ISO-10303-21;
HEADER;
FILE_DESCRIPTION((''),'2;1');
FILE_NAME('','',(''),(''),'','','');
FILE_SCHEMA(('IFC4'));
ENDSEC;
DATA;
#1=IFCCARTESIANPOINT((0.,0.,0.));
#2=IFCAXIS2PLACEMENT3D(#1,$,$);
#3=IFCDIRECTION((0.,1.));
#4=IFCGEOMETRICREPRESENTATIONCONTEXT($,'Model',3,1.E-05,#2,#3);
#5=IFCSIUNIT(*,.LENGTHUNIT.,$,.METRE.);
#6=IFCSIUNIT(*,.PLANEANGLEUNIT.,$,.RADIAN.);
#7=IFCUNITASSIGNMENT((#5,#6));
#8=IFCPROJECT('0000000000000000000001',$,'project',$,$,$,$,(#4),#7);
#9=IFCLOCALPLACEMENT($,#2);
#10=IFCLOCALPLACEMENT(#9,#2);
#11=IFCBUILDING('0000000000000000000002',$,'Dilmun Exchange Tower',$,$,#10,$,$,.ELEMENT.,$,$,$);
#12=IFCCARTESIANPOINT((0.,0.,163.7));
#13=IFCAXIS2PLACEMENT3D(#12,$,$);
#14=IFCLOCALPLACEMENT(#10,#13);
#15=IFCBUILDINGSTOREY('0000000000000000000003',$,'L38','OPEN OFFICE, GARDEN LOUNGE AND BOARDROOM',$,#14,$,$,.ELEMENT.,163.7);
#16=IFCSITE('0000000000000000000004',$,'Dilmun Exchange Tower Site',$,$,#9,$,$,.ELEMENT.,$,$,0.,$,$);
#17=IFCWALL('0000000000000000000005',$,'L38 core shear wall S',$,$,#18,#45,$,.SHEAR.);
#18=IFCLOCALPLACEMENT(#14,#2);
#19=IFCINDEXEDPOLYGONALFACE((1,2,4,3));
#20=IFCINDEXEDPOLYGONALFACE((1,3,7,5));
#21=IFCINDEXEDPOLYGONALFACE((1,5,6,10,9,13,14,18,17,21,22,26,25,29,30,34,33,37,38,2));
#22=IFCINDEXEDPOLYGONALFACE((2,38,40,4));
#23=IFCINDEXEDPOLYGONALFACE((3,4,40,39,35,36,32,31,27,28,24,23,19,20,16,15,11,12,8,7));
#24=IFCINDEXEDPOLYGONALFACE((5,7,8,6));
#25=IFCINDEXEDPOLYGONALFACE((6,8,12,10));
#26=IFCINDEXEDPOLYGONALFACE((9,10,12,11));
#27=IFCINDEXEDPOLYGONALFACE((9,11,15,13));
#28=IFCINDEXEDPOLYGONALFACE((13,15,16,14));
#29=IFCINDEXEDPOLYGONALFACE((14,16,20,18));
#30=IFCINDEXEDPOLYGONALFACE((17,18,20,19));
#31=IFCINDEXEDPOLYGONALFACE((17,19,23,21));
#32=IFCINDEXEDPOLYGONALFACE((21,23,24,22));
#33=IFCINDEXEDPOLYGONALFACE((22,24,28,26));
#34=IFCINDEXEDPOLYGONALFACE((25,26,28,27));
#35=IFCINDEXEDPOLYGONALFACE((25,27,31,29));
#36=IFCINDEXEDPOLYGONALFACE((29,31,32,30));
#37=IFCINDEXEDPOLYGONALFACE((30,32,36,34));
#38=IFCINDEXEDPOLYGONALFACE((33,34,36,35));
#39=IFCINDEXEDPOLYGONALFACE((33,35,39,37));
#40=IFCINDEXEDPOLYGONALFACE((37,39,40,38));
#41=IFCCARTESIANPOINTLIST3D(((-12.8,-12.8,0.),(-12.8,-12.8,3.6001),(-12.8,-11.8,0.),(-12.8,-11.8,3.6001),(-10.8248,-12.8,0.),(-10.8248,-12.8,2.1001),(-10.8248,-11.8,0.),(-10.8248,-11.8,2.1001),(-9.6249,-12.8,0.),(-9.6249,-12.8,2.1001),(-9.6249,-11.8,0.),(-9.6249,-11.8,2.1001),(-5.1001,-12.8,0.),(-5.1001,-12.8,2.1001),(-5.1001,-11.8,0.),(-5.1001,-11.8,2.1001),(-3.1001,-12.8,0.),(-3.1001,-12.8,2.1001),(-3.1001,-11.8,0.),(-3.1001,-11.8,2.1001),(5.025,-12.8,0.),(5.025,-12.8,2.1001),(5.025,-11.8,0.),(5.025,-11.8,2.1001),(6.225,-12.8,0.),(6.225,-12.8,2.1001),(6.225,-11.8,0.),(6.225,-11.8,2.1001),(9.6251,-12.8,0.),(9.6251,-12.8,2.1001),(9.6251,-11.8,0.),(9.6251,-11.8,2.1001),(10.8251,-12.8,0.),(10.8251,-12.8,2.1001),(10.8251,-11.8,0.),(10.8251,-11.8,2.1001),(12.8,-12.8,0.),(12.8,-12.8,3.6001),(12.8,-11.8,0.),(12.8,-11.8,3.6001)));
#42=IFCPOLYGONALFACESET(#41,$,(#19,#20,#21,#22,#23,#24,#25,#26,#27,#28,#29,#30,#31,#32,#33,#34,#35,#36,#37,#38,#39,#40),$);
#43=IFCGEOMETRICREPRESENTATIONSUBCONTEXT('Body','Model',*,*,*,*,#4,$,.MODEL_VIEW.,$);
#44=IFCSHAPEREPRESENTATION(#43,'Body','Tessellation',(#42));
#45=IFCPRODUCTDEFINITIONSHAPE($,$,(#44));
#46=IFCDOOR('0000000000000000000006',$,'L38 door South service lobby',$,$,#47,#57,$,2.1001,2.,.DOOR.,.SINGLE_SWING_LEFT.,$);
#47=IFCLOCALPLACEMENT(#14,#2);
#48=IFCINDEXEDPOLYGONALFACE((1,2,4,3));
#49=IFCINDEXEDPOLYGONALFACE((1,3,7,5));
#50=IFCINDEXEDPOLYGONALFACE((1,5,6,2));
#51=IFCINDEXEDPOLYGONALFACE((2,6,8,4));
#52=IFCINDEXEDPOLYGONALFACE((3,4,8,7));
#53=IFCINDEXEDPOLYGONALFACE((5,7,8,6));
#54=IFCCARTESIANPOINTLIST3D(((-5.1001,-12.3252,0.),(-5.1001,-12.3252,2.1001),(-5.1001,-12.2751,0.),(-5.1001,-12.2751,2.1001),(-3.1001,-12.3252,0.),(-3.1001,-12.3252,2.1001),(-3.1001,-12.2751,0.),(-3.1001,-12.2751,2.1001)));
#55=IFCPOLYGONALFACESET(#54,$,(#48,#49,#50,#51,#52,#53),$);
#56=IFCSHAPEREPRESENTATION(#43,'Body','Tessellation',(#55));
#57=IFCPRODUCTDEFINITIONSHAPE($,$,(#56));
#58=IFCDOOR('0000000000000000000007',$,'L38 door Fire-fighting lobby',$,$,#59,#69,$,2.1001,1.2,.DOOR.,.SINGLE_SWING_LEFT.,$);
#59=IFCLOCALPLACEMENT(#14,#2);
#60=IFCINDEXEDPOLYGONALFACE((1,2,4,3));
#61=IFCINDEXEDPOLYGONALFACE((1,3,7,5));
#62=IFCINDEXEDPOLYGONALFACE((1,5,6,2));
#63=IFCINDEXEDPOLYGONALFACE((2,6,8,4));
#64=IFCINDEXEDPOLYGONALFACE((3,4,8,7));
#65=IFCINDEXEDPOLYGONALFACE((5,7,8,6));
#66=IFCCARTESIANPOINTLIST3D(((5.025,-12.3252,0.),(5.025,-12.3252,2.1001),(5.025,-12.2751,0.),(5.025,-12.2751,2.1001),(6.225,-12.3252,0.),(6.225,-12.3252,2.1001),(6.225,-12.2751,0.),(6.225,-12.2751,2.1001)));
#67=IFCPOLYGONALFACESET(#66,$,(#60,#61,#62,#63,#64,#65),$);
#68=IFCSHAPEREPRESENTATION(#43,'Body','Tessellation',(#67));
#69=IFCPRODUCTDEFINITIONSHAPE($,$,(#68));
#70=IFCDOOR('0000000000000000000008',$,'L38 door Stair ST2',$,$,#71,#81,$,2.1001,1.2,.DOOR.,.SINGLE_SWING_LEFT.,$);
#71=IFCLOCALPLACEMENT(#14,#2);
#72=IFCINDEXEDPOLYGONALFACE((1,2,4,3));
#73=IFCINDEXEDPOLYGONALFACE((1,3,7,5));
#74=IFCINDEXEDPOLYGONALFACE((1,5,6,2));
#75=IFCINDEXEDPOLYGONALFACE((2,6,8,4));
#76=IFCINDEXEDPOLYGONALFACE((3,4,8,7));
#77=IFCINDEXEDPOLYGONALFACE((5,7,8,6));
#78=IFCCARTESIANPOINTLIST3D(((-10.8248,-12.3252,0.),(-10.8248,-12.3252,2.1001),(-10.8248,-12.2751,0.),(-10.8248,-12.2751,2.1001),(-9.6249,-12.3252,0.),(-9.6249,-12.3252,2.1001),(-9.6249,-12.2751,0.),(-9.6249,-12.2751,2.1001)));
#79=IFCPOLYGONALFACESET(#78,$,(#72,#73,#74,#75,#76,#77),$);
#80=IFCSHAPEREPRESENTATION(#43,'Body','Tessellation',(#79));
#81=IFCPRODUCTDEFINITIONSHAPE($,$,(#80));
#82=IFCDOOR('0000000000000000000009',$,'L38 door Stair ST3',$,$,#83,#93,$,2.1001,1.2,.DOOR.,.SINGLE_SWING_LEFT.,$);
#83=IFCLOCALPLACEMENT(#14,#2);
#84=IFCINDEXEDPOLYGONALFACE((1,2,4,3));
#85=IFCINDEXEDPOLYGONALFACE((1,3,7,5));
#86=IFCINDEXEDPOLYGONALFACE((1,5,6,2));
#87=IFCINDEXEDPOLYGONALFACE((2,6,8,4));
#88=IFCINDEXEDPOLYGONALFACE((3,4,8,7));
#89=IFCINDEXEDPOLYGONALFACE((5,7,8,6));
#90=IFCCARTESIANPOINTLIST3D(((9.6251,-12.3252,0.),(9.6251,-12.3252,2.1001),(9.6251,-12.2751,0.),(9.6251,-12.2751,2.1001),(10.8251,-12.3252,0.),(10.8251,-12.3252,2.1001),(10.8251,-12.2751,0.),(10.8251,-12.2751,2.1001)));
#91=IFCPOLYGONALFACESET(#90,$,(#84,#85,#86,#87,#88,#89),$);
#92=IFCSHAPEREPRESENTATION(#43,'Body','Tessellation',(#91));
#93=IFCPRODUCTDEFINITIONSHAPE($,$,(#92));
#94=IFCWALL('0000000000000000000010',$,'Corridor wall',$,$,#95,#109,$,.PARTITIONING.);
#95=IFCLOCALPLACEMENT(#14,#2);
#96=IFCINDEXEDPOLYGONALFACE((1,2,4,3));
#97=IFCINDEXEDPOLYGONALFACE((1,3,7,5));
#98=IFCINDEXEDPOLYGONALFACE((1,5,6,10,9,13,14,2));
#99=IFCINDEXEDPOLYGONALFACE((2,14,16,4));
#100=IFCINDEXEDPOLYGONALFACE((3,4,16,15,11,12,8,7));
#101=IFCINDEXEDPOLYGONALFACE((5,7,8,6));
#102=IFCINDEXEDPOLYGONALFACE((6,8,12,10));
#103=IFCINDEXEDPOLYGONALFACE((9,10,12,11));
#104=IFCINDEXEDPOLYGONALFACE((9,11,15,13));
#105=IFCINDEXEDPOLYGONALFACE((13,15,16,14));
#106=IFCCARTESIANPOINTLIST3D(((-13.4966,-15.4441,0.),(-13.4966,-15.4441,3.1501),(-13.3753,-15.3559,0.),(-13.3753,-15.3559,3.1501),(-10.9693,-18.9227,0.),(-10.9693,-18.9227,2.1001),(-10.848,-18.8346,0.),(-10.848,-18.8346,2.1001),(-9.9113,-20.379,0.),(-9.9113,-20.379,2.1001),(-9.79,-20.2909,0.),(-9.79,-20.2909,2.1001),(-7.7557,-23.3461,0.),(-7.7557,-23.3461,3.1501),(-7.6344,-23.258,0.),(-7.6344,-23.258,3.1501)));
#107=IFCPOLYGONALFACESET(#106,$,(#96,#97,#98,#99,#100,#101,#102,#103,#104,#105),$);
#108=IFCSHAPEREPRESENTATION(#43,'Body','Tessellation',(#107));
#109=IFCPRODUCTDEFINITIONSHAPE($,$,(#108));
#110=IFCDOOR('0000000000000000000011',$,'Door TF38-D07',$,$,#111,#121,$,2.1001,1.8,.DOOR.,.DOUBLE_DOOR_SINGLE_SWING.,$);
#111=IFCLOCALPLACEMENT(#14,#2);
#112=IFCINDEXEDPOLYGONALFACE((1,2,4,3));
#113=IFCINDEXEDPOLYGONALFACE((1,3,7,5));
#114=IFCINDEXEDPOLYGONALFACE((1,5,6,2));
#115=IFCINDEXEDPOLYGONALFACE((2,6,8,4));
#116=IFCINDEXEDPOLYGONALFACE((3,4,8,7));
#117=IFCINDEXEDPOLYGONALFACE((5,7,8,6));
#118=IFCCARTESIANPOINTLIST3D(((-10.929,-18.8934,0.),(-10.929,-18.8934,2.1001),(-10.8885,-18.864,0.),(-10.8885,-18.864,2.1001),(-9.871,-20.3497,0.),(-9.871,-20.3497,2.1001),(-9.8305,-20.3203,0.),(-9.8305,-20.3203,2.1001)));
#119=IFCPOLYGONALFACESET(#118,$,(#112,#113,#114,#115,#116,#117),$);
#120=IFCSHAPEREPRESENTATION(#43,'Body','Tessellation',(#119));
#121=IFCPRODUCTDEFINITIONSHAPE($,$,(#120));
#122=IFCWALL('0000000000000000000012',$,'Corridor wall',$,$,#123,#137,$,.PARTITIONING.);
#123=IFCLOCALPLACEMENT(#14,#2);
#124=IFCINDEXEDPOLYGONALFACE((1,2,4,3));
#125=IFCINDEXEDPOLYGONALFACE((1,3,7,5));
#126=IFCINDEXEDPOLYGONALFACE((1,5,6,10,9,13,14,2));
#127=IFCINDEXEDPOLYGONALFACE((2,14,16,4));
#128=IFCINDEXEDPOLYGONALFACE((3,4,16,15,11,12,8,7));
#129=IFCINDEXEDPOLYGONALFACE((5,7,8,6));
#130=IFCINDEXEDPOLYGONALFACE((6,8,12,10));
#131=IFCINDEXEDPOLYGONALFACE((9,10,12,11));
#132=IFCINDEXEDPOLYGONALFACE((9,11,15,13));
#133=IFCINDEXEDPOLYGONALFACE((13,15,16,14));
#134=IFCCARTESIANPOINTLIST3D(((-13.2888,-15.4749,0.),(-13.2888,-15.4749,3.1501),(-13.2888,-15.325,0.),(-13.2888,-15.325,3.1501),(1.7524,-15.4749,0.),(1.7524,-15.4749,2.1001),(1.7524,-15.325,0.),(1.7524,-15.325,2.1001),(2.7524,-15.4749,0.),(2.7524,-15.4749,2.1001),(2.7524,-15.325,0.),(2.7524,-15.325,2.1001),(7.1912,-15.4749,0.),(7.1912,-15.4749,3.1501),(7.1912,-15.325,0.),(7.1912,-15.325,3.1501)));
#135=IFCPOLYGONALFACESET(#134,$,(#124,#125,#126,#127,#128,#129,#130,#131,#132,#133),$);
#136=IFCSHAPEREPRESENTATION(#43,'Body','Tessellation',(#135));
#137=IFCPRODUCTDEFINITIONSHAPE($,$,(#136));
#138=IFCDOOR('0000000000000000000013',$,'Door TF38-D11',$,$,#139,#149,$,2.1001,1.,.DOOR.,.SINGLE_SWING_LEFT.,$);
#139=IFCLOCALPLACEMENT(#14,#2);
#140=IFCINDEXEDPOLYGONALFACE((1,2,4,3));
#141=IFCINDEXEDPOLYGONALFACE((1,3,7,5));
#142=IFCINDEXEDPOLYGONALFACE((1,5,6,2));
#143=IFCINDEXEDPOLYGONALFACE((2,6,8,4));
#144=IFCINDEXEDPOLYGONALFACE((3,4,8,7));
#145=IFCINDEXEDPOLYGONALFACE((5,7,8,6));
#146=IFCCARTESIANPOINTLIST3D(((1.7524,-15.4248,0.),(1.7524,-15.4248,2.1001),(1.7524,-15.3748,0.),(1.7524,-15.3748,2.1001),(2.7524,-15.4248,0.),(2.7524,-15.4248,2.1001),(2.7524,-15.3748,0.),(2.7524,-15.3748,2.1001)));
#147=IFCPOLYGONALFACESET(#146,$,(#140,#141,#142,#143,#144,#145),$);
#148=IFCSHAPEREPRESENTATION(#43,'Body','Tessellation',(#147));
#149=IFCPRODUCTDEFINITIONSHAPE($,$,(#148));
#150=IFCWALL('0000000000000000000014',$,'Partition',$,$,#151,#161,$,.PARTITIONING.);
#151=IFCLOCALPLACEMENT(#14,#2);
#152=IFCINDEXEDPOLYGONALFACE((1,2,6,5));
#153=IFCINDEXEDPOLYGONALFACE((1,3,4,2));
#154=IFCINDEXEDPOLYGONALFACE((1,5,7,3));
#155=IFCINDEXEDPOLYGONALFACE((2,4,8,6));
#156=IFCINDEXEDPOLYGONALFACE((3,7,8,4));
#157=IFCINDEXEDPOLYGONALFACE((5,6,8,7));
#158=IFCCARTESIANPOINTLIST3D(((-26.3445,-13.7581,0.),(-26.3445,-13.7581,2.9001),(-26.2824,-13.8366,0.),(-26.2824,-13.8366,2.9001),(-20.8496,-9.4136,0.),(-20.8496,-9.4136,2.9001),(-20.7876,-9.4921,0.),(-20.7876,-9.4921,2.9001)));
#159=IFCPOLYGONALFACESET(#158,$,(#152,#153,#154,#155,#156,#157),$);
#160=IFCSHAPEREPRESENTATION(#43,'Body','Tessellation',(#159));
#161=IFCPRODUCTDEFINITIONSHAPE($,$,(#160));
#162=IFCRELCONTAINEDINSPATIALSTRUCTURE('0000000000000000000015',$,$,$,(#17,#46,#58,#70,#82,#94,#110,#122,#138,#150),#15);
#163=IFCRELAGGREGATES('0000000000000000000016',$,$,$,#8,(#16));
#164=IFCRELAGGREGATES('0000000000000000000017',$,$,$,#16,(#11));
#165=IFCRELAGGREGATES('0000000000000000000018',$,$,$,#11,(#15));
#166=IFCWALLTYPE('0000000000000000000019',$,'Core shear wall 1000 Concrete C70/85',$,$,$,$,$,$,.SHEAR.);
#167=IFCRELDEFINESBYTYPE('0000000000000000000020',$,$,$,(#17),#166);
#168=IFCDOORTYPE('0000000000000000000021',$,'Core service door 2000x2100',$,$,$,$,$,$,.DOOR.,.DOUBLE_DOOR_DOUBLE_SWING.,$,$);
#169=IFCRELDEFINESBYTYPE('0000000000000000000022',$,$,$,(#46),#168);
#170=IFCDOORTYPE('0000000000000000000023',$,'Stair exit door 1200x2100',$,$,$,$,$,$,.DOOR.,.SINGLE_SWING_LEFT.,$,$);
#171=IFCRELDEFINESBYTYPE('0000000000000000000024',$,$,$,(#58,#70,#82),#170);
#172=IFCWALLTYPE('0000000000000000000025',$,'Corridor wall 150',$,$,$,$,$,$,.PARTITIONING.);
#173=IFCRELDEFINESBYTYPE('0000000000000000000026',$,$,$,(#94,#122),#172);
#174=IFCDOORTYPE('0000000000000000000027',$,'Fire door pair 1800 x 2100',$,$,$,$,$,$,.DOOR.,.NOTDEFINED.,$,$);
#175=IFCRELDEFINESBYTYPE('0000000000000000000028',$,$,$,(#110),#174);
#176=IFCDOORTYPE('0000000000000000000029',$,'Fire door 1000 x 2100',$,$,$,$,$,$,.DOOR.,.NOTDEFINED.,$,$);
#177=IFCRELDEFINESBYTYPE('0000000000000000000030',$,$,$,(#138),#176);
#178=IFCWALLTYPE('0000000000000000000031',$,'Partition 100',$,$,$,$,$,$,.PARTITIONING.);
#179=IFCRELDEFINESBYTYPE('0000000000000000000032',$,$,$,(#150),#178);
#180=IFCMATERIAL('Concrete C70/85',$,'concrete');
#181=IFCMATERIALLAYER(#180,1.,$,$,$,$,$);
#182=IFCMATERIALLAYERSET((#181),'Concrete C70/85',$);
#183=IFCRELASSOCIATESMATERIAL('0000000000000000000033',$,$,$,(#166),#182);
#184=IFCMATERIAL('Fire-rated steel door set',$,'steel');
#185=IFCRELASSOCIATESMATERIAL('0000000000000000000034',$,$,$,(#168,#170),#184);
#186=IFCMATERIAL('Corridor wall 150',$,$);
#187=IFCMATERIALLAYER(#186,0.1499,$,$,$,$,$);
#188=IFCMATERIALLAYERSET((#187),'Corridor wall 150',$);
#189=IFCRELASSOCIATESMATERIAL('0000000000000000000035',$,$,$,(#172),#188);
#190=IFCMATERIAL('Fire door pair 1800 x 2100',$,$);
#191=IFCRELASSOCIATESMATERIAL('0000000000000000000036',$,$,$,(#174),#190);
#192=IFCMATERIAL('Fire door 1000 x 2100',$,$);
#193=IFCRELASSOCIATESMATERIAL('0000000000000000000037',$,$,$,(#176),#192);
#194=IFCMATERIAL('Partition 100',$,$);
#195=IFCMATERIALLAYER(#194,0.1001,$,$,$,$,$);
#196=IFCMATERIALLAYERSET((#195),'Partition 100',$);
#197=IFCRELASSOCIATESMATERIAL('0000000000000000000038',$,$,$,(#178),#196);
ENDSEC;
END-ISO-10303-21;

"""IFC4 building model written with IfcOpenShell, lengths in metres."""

from ifc_helpers import new_model, si_unit, direction, frame, frame_2d, origin, place, context, subcontext, project, spatial, rectangle, extrude, material, layer, layer_set, type_object, element, fill, save


model = new_model("IFC4")

# Units and contexts
model_context = context("Model", 3, precision=1e-05, world=origin(), true_north=direction((0.0, 1.0)))
body_context = subcontext(model_context, "Body", "Model", "MODEL_VIEW")
ifc_project = project(units=[si_unit("LENGTHUNIT", "METRE"), si_unit("PLANEANGLEUNIT", "RADIAN")], contexts=[model_context])

# Site, building, storey
site_placement = place(None, origin())
site = spatial("IfcSite", under=ifc_project, at=site_placement, Name="Dilmun Exchange Tower Site", CompositionType="ELEMENT", RefElevation=0.0)
building_placement = place(site_placement, origin())
building = spatial("IfcBuilding", under=site, at=building_placement, Name="Dilmun Exchange Tower", CompositionType="ELEMENT")
storey_placement = place(building_placement, frame((0.0, 0.0, 163.7)))
storey = spatial("IfcBuildingStorey", under=building, at=storey_placement, Name="L38", Description="OPEN OFFICE, GARDEN LOUNGE AND BOARDROOM", CompositionType="ELEMENT", Elevation=163.7)

# Wall, openings, doors
ifc_material_1 = material(Name="Concrete C70/85", Category="concrete")
ifc_layer_1 = layer(ifc_material_1, 1.0)
ifc_layer_set_1 = layer_set([ifc_layer_1], Name="Concrete C70/85")
wall_type_1 = type_object("IfcWallType", Name="Core shear wall 1000 Concrete C70/85", PredefinedType="SHEAR", material=ifc_layer_set_1)
wall_1_placement = place(storey_placement, frame((-12.8, -12.3, 0.0), z_axis=(0.0, 0.0, 1.0), x_axis=(1.0, 0.0, 0.0)))
wall_1 = element("IfcWall", 1, at=wall_1_placement, inside=storey, type_object=wall_type_1, Name="L38 core shear wall S", PredefinedType="SHEAR", context=body_context, shape_type="SweptSolid", body=[
    extrude(rectangle(XDim=25.6001, YDim=1.0, at=frame_2d((12.8, 0.0))), origin(), (0.0, 0.0, 1.0), 3.6001),
])
opening_1_placement = place(wall_1_placement, frame((7.7, 0.0, 0.0)))
opening_1 = element("IfcOpeningElement", 2, at=opening_1_placement, cuts=wall_1, PredefinedType="OPENING", context=body_context, shape_type="SweptSolid", body=[
    extrude(rectangle(XDim=2.0, YDim=2.1001, at=frame_2d((1.0, 1.05))), frame((0.0, 0.51, 0.0), z_axis=(0.0, -1.0, 0.0), x_axis=(1.0, 0.0, 0.0)), (0.0, 0.0, 1.0), 1.02),
])
opening_2_placement = place(wall_1_placement, frame((17.825, 0.0, 0.0)))
opening_2 = element("IfcOpeningElement", 3, at=opening_2_placement, cuts=wall_1, PredefinedType="OPENING", context=body_context, shape_type="SweptSolid", body=[
    extrude(rectangle(XDim=1.2, YDim=2.1001, at=frame_2d((0.6001, 1.05))), frame((0.0, 0.51, 0.0), z_axis=(0.0, -1.0, 0.0), x_axis=(1.0, 0.0, 0.0)), (0.0, 0.0, 1.0), 1.02),
])
opening_3_placement = place(wall_1_placement, frame((1.9751, 0.0, 0.0)))
opening_3 = element("IfcOpeningElement", 4, at=opening_3_placement, cuts=wall_1, PredefinedType="OPENING", context=body_context, shape_type="SweptSolid", body=[
    extrude(rectangle(XDim=1.2, YDim=2.1001, at=frame_2d((0.6001, 1.05))), frame((0.0, 0.51, 0.0), z_axis=(0.0, -1.0, 0.0), x_axis=(1.0, 0.0, 0.0)), (0.0, 0.0, 1.0), 1.02),
])
opening_4_placement = place(wall_1_placement, frame((22.425, 0.0, 0.0)))
opening_4 = element("IfcOpeningElement", 5, at=opening_4_placement, cuts=wall_1, PredefinedType="OPENING", context=body_context, shape_type="SweptSolid", body=[
    extrude(rectangle(XDim=1.2, YDim=2.1001, at=frame_2d((0.6001, 1.05))), frame((0.0, 0.51, 0.0), z_axis=(0.0, -1.0, 0.0), x_axis=(1.0, 0.0, 0.0)), (0.0, 0.0, 1.0), 1.02),
])
ifc_material_2 = material(Name="Fire-rated steel door set", Category="steel")
door_type_1 = type_object("IfcDoorType", Name="Core service door 2000x2100", OperationType="DOUBLE_DOOR_DOUBLE_SWING", PredefinedType="DOOR", material=ifc_material_2)
door_1_placement = place(opening_1_placement, origin())
door_1 = element("IfcDoor", 6, at=door_1_placement, inside=storey, type_object=door_type_1, Name="L38 door South service lobby", OperationType="SINGLE_SWING_LEFT", OverallHeight=2.1001, OverallWidth=2.0, PredefinedType="DOOR", context=body_context, shape_type="SweptSolid", body=[
    extrude(rectangle(XDim=2.0, YDim=2.1001, at=frame_2d((1.0, 1.05))), frame((0.0, 0.0249, 0.0), z_axis=(0.0, -1.0, 0.0), x_axis=(1.0, 0.0, 0.0)), (0.0, 0.0, 1.0), 0.05),
])
fill(opening_1, door_1)
door_type_2 = type_object("IfcDoorType", Name="Stair exit door 1200x2100", OperationType="SINGLE_SWING_LEFT", PredefinedType="DOOR", material=ifc_material_2)
door_2_placement = place(opening_2_placement, origin())
door_2 = element("IfcDoor", 7, at=door_2_placement, inside=storey, type_object=door_type_2, Name="L38 door Fire-fighting lobby", OperationType="SINGLE_SWING_LEFT", OverallHeight=2.1001, OverallWidth=1.2, PredefinedType="DOOR", context=body_context, shape_type="SweptSolid", body=[
    extrude(rectangle(XDim=1.2, YDim=2.1001, at=frame_2d((0.6001, 1.05))), frame((0.0, 0.0249, 0.0), z_axis=(0.0, -1.0, 0.0), x_axis=(1.0, 0.0, 0.0)), (0.0, 0.0, 1.0), 0.05),
])
fill(opening_2, door_2)
door_3_placement = place(opening_3_placement, origin())
door_3 = element("IfcDoor", 8, at=door_3_placement, inside=storey, type_object=door_type_2, Name="L38 door Stair ST2", OperationType="SINGLE_SWING_LEFT", OverallHeight=2.1001, OverallWidth=1.2, PredefinedType="DOOR", context=body_context, shape_type="SweptSolid", body=[
    extrude(rectangle(XDim=1.2, YDim=2.1001, at=frame_2d((0.6001, 1.05))), frame((0.0, 0.0249, 0.0), z_axis=(0.0, -1.0, 0.0), x_axis=(1.0, 0.0, 0.0)), (0.0, 0.0, 1.0), 0.05),
])
fill(opening_3, door_3)
door_4_placement = place(opening_4_placement, origin())
door_4 = element("IfcDoor", 9, at=door_4_placement, inside=storey, type_object=door_type_2, Name="L38 door Stair ST3", OperationType="SINGLE_SWING_LEFT", OverallHeight=2.1001, OverallWidth=1.2, PredefinedType="DOOR", context=body_context, shape_type="SweptSolid", body=[
    extrude(rectangle(XDim=1.2, YDim=2.1001, at=frame_2d((0.6001, 1.05))), frame((0.0, 0.0249, 0.0), z_axis=(0.0, -1.0, 0.0), x_axis=(1.0, 0.0, 0.0)), (0.0, 0.0, 1.0), 0.05),
])
fill(opening_4, door_4)

# Walls, openings, doors
ifc_material_3 = material(Name="Corridor wall 150")
ifc_layer_2 = layer(ifc_material_3, 0.1499)
ifc_layer_set_2 = layer_set([ifc_layer_2], Name="Corridor wall 150")
wall_type_2 = type_object("IfcWallType", Name="Corridor wall 150", PredefinedType="PARTITIONING", material=ifc_layer_set_2)
wall_2_placement = place(storey_placement, frame((-13.436, -15.3999, 0.0), z_axis=(0.0, 0.0, 1.0), x_axis=(0.587769, -0.809029, 0.0)))
wall_2 = element("IfcWall", 10, at=wall_2_placement, inside=storey, type_object=wall_type_2, Name="Corridor wall", PredefinedType="PARTITIONING", context=body_context, shape_type="SweptSolid", body=[
    extrude(rectangle(XDim=9.7673, YDim=0.1499, at=frame_2d((4.8838, 0.0))), origin(), (0.0, 0.0, 1.0), 3.1501),
])
opening_5_placement = place(wall_2_placement, frame((4.3, 0.0, 0.0)))
opening_5 = element("IfcOpeningElement", 11, at=opening_5_placement, cuts=wall_2, PredefinedType="OPENING", context=body_context, shape_type="SweptSolid", body=[
    extrude(rectangle(XDim=1.8, YDim=2.1001, at=frame_2d((0.8999, 1.05))), frame((0.0, 0.085, 0.0), z_axis=(0.0, -1.0, 0.0), x_axis=(1.0, 0.0, 0.0)), (0.0, 0.0, 1.0), 0.1699),
])
ifc_material_4 = material(Name="Fire door pair 1800 x 2100")
door_type_3 = type_object("IfcDoorType", Name="Fire door pair 1800 x 2100", OperationType="NOTDEFINED", PredefinedType="DOOR", material=ifc_material_4)
door_5_placement = place(opening_5_placement, origin())
door_5 = element("IfcDoor", 12, at=door_5_placement, inside=storey, type_object=door_type_3, Name="Door TF38-D07", OperationType="DOUBLE_DOOR_SINGLE_SWING", OverallHeight=2.1001, OverallWidth=1.8, PredefinedType="DOOR", context=body_context, shape_type="SweptSolid", body=[
    extrude(rectangle(XDim=1.8, YDim=2.1001, at=frame_2d((0.8999, 1.05))), frame((0.0, 0.0249, 0.0), z_axis=(0.0, -1.0, 0.0), x_axis=(1.0, 0.0, 0.0)), (0.0, 0.0, 1.0), 0.05),
])
fill(opening_5, door_5)
wall_3_placement = place(storey_placement, frame((-13.2888, -15.3999, 0.0), z_axis=(0.0, 0.0, 1.0), x_axis=(1.0, 0.0, 0.0)))
wall_3 = element("IfcWall", 13, at=wall_3_placement, inside=storey, type_object=wall_type_2, Name="Corridor wall", PredefinedType="PARTITIONING", context=body_context, shape_type="SweptSolid", body=[
    extrude(rectangle(XDim=20.48, YDim=0.1499, at=frame_2d((10.24, 0.0))), origin(), (0.0, 0.0, 1.0), 3.1501),
])
opening_6_placement = place(wall_3_placement, frame((15.0413, 0.0, 0.0)))
opening_6 = element("IfcOpeningElement", 14, at=opening_6_placement, cuts=wall_3, PredefinedType="OPENING", context=body_context, shape_type="SweptSolid", body=[
    extrude(rectangle(XDim=1.0, YDim=2.1001, at=frame_2d((0.5, 1.05))), frame((0.0, 0.085, 0.0), z_axis=(0.0, -1.0, 0.0), x_axis=(1.0, 0.0, 0.0)), (0.0, 0.0, 1.0), 0.1699),
])
ifc_material_5 = material(Name="Fire door 1000 x 2100")
door_type_4 = type_object("IfcDoorType", Name="Fire door 1000 x 2100", OperationType="NOTDEFINED", PredefinedType="DOOR", material=ifc_material_5)
door_6_placement = place(opening_6_placement, frame((1.0, 0.0, 0.0), z_axis=(0.0, 0.0, 1.0), x_axis=(-1.0, 0.0, 0.0)))
door_6 = element("IfcDoor", 15, at=door_6_placement, inside=storey, type_object=door_type_4, Name="Door TF38-D11", OperationType="SINGLE_SWING_LEFT", OverallHeight=2.1001, OverallWidth=1.0, PredefinedType="DOOR", context=body_context, shape_type="SweptSolid", body=[
    extrude(rectangle(XDim=1.0, YDim=2.1001, at=frame_2d((0.5, 1.05))), frame((0.0, 0.0249, 0.0), z_axis=(0.0, -1.0, 0.0), x_axis=(1.0, 0.0, 0.0)), (0.0, 0.0, 1.0), 0.05),
])
fill(opening_6, door_6)

# Wall
ifc_material_6 = material(Name="Partition 100")
ifc_layer_3 = layer(ifc_material_6, 0.1001)
ifc_layer_set_3 = layer_set([ifc_layer_3], Name="Partition 100")
wall_type_3 = type_object("IfcWallType", Name="Partition 100", PredefinedType="PARTITIONING", material=ifc_layer_set_3)
wall_4_placement = place(storey_placement, frame((-26.3135, -13.7974, 0.0), z_axis=(0.0, 0.0, 1.0), x_axis=(0.784436, 0.620209, 0.0)))
element("IfcWall", 16, at=wall_4_placement, inside=storey, type_object=wall_type_3, Name="Partition", PredefinedType="PARTITIONING", context=body_context, shape_type="SweptSolid", body=[
    extrude(rectangle(XDim=7.0049, YDim=0.1001, at=frame_2d((3.5024, 0.0))), origin(), (0.0, 0.0, 1.0), 2.9001),
])

save(model, "model.ifc")
